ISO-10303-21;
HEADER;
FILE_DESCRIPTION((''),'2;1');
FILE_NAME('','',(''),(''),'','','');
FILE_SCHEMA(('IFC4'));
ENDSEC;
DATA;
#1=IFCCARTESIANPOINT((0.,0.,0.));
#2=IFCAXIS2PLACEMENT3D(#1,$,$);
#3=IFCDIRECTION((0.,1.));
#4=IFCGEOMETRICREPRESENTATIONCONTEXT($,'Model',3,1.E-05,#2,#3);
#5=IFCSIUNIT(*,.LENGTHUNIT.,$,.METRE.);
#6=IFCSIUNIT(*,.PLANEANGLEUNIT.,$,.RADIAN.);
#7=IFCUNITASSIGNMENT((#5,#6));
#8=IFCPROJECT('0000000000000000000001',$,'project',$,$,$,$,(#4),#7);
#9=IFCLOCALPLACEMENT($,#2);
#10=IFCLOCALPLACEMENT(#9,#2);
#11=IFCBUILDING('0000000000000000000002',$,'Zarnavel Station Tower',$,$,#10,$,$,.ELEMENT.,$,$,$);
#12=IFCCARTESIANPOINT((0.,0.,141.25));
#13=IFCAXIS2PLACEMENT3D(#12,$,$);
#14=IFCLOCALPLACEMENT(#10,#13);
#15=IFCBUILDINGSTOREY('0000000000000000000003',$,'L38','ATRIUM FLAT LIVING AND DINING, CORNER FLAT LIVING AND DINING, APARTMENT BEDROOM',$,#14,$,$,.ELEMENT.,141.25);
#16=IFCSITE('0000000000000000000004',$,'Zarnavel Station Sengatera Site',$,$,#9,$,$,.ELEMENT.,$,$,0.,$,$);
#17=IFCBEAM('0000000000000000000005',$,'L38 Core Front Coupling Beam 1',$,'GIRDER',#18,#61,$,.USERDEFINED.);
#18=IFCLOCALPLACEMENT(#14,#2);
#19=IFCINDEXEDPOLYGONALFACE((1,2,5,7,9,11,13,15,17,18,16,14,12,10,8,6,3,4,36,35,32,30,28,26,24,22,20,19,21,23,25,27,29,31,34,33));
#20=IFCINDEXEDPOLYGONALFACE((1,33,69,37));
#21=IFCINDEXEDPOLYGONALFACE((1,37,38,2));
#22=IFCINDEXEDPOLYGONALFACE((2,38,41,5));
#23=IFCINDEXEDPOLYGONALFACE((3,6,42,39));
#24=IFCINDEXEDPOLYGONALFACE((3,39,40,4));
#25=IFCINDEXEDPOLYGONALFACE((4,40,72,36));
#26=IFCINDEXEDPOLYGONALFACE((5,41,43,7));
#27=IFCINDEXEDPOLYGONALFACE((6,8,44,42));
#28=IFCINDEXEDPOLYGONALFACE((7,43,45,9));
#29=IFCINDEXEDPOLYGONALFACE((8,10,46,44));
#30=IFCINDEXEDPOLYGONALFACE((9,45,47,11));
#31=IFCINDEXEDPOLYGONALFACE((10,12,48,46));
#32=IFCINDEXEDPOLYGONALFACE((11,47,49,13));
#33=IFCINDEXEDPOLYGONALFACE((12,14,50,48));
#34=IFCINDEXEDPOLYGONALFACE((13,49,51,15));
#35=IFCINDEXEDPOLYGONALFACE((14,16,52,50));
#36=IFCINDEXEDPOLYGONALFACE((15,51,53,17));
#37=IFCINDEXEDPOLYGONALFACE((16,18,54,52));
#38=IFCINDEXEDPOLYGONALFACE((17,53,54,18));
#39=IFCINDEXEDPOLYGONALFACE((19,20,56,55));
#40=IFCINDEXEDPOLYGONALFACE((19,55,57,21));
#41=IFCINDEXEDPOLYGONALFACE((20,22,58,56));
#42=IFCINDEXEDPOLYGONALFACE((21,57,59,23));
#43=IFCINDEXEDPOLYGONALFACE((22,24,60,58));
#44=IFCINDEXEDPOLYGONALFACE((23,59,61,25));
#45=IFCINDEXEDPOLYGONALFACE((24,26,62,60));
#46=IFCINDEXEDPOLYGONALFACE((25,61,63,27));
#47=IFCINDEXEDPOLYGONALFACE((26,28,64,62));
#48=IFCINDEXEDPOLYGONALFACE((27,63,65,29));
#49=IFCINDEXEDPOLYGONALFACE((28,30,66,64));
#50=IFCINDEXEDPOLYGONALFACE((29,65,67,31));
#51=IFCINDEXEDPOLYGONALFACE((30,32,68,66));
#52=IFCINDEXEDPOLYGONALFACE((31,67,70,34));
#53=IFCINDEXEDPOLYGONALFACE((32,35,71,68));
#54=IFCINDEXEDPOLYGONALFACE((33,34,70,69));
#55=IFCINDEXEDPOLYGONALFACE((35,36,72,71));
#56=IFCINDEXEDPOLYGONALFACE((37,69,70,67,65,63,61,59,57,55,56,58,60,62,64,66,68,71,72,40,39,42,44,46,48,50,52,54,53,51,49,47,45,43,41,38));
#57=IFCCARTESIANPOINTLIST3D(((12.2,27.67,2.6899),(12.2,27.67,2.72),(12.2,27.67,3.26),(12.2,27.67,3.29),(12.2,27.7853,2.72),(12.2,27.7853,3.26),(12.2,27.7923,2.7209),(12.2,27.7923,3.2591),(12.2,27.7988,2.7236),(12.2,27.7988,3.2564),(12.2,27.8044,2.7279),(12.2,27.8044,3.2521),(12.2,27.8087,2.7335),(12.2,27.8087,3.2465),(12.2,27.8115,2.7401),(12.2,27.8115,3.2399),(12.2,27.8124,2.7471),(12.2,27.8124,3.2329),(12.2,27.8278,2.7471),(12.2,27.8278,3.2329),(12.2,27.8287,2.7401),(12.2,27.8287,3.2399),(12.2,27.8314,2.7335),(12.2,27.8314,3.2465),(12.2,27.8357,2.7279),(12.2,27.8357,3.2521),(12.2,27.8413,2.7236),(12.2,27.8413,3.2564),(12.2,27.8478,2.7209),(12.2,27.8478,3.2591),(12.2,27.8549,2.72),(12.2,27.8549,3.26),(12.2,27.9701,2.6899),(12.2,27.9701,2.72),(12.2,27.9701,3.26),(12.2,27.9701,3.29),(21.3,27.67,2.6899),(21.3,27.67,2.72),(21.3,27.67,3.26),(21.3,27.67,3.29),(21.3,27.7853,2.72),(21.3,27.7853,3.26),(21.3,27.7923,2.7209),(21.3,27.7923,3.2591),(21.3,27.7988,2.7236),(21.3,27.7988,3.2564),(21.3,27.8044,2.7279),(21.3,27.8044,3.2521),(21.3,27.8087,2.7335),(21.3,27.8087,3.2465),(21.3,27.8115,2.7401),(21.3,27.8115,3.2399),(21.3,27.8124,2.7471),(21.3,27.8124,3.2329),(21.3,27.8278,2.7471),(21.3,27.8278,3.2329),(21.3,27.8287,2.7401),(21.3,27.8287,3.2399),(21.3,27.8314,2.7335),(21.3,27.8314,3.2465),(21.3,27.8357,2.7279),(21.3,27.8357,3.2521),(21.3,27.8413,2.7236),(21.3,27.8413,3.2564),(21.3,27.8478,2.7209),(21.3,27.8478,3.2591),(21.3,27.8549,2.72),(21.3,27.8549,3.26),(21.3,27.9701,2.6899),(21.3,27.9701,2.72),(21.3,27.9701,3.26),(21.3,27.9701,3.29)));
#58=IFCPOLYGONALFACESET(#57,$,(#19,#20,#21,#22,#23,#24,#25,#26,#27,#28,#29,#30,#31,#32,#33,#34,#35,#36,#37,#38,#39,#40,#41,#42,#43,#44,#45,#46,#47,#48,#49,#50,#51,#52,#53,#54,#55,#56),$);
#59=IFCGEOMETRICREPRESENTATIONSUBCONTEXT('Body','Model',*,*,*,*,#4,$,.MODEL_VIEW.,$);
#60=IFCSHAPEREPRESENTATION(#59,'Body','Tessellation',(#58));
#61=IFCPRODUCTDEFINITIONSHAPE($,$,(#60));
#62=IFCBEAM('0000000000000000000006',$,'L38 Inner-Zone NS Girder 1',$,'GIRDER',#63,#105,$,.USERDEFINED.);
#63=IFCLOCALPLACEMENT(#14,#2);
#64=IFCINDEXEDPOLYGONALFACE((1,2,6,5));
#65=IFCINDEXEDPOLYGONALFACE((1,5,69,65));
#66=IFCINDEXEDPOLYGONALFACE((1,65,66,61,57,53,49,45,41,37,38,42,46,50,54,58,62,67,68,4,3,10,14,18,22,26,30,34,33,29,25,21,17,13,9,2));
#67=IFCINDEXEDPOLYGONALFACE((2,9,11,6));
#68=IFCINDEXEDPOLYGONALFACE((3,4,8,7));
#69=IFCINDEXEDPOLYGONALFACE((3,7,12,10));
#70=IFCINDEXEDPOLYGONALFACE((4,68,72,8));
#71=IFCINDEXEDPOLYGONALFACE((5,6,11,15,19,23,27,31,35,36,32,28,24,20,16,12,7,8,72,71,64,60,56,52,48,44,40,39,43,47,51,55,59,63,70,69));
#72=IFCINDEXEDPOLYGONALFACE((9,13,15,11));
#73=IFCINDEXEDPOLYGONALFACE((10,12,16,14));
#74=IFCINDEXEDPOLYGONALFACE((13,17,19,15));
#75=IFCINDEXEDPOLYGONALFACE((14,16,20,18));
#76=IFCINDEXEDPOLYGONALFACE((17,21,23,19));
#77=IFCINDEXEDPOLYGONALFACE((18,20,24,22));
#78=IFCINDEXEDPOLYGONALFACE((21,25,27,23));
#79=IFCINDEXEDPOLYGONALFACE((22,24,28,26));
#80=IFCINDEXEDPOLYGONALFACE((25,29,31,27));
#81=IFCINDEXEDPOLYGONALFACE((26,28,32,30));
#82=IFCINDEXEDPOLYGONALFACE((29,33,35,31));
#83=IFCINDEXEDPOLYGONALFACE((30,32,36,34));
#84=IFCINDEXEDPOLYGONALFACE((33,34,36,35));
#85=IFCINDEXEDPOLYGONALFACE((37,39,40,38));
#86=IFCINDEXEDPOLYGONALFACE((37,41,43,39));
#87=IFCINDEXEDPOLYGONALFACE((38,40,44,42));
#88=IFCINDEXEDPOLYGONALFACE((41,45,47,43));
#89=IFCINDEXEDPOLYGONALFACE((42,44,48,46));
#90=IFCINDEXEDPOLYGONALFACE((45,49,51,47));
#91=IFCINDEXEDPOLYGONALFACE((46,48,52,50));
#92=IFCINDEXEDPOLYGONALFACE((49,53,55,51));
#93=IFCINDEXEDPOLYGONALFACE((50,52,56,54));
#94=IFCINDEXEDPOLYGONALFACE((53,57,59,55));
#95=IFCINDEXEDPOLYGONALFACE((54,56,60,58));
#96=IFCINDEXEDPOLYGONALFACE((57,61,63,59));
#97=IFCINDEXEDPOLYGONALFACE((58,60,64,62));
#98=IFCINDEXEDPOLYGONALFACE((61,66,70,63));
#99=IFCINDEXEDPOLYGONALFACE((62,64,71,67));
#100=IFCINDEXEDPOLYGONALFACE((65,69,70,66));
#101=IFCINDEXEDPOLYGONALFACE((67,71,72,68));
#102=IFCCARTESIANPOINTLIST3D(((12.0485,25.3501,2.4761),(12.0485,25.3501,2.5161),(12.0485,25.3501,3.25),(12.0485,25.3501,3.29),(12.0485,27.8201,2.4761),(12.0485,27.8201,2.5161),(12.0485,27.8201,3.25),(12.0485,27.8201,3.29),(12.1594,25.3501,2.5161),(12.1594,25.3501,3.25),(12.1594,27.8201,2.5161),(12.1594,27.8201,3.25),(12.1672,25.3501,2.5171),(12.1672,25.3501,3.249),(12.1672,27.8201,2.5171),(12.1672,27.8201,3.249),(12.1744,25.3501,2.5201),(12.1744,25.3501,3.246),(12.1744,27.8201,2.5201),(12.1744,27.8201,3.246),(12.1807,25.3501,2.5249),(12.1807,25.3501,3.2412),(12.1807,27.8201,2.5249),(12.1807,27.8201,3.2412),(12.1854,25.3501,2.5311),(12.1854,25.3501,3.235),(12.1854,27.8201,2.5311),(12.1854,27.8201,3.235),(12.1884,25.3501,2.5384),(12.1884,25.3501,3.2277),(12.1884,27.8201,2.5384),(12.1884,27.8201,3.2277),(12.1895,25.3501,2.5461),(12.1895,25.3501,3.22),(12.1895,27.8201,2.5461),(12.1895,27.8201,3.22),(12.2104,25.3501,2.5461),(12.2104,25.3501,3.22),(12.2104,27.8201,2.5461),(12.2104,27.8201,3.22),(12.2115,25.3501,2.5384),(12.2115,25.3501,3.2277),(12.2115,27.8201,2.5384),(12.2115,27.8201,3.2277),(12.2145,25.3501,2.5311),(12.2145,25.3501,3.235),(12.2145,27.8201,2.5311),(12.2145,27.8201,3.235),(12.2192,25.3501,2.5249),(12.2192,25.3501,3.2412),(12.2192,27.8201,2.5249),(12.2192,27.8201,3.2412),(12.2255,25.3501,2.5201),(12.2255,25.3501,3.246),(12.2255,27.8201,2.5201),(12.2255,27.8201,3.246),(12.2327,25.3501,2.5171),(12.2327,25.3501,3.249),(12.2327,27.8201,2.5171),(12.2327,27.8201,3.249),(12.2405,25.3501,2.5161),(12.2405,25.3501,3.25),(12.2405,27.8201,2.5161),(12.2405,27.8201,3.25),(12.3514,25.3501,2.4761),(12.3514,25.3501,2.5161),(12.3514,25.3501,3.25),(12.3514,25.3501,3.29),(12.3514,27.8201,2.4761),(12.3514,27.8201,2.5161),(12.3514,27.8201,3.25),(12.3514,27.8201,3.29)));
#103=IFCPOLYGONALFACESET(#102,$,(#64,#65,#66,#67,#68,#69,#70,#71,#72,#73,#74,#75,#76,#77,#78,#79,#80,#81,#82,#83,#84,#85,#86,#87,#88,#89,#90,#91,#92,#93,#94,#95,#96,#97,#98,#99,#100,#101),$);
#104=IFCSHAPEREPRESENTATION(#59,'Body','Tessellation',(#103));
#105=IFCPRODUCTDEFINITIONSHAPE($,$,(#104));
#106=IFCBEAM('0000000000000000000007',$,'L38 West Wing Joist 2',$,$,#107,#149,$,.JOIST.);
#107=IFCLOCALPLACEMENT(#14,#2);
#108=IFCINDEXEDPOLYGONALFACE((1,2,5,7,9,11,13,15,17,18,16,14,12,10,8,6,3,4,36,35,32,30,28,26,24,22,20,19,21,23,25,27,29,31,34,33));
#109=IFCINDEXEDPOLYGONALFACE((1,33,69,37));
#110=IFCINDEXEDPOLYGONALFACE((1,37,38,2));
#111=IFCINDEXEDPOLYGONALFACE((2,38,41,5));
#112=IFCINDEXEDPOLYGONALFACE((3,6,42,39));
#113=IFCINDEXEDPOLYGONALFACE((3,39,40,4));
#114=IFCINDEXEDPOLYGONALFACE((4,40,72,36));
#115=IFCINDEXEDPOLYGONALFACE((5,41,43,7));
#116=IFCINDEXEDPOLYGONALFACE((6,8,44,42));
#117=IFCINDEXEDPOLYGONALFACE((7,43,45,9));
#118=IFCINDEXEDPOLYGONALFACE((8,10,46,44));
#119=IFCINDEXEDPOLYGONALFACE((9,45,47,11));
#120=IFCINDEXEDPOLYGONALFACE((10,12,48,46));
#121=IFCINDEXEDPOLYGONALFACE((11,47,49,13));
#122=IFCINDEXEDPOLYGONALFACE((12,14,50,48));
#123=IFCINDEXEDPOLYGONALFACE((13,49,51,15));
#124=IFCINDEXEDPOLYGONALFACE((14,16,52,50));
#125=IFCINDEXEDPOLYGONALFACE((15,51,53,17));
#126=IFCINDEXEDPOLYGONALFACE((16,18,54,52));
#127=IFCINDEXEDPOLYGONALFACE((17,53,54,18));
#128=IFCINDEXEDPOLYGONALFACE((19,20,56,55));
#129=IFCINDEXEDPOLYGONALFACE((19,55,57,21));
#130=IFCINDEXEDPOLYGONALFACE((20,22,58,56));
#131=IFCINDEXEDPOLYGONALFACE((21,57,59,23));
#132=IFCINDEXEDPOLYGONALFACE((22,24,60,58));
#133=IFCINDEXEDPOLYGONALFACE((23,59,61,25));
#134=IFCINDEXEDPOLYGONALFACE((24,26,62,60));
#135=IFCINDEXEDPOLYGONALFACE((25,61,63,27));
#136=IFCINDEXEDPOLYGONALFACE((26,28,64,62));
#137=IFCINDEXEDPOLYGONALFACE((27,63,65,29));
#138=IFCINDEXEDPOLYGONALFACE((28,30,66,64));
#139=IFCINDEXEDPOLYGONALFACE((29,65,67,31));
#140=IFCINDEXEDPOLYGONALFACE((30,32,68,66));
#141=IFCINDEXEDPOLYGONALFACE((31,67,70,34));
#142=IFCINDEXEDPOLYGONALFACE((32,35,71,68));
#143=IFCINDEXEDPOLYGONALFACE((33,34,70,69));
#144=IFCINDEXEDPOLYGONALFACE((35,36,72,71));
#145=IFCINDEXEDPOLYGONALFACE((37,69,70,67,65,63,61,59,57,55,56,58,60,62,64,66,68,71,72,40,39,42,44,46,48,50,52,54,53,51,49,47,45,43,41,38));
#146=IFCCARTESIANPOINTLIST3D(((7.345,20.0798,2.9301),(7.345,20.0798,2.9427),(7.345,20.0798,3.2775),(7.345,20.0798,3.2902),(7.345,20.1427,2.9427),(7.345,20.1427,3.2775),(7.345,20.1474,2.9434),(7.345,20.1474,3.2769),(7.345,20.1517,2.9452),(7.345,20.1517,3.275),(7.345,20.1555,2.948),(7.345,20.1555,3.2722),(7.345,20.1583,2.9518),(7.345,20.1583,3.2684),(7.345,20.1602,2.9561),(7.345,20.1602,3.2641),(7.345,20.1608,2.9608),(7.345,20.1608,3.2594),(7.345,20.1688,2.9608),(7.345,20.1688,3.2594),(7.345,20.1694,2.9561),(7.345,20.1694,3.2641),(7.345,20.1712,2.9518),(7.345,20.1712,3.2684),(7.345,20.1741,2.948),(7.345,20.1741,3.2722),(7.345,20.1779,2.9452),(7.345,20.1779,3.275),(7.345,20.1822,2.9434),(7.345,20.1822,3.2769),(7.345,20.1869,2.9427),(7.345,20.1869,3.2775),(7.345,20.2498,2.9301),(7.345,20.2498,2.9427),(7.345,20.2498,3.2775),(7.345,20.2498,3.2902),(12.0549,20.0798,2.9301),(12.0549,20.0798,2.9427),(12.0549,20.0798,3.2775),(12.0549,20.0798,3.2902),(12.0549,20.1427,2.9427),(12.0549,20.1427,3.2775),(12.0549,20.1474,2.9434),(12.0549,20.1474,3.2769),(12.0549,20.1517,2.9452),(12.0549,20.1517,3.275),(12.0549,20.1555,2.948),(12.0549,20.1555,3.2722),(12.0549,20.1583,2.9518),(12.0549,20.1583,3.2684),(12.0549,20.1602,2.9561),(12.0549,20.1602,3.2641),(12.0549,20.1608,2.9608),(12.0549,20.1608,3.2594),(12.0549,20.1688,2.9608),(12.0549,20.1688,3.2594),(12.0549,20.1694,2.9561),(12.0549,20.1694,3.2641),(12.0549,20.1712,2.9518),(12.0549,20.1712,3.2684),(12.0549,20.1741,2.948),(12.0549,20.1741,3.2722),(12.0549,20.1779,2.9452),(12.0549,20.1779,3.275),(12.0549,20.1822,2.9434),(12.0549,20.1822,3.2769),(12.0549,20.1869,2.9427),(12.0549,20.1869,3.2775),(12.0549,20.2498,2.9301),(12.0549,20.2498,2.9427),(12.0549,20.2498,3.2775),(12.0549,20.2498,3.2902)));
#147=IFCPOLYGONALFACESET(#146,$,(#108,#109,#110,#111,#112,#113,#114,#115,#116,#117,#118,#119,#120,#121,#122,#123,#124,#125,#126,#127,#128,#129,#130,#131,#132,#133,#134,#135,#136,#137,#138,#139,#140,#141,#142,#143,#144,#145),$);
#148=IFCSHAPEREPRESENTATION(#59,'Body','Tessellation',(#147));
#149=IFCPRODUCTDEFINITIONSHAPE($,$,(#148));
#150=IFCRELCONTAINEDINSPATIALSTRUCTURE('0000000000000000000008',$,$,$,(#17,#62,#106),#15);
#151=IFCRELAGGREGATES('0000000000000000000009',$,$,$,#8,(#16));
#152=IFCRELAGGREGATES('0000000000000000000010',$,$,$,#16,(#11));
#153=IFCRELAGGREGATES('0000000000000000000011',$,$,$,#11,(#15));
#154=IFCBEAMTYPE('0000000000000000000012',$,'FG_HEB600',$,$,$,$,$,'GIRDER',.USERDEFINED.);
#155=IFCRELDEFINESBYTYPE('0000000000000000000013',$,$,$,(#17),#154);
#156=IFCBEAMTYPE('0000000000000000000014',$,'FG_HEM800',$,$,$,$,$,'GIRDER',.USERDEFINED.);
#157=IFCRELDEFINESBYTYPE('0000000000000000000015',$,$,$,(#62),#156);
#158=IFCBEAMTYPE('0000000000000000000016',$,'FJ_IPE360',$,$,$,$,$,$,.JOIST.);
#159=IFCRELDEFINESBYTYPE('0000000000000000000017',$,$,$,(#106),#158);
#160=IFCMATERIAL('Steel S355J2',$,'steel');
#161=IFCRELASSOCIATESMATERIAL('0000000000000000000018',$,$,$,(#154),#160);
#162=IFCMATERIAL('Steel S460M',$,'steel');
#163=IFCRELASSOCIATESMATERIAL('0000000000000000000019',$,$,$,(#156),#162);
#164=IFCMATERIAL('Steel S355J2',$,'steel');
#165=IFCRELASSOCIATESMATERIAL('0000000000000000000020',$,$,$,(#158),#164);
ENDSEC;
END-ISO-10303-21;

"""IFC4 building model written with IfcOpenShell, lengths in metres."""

from ifc_helpers import new_model, si_unit, direction, frame, origin, origin_2d, place, context, subcontext, project, spatial, i_section, extrude, material, material_profile, profile_set, type_object, element, save


model = new_model("IFC4")

# Units and contexts
model_context = context("Model", 3, precision=1e-05, world=origin(), true_north=direction((0.0, 1.0)))
body_context = subcontext(model_context, "Body", "Model", "MODEL_VIEW")
ifc_project = project(units=[si_unit("LENGTHUNIT", "METRE"), si_unit("PLANEANGLEUNIT", "RADIAN")], contexts=[model_context])

# Site, building, storey
site_placement = place(None, origin())
site = spatial("IfcSite", under=ifc_project, at=site_placement, Name="Zarnavel Station Sengatera Site", CompositionType="ELEMENT", RefElevation=0.0)
building_placement = place(site_placement, origin())
building = spatial("IfcBuilding", under=site, at=building_placement, Name="Zarnavel Station Tower", CompositionType="ELEMENT")
storey_placement = place(building_placement, frame((0.0, 0.0, 141.25)))
storey = spatial("IfcBuildingStorey", under=building, at=storey_placement, Name="L38", Description="ATRIUM FLAT LIVING AND DINING, CORNER FLAT LIVING AND DINING, APARTMENT BEDROOM", CompositionType="ELEMENT", Elevation=141.25)

# Beams
ifc_material_1 = material(Name="Steel S355J2", Category="steel")
ifc_material_profile_1 = material_profile(ifc_material_1, i_section(OverallWidth=0.3, OverallDepth=0.6001, WebThickness=0.0154, FlangeThickness=0.03, FilletRadius=0.0271, at=origin_2d()), Name="HEB600")
ifc_profile_set_1 = profile_set([ifc_material_profile_1], Name="Steel S355J2")
beam_type_1 = type_object("IfcBeamType", Name="FG_HEB600", ElementType="GIRDER", PredefinedType="USERDEFINED", material=ifc_profile_set_1)
beam_1_placement = place(storey_placement, frame((12.2, 27.8201, 2.99), z_axis=(1.0, 0.0, 0.0), x_axis=(0.0, 1.0, 0.0)))
element("IfcBeam", 1, at=beam_1_placement, inside=storey, type_object=beam_type_1, Name="L38 Core Front Coupling Beam 1", ObjectType="GIRDER", PredefinedType="USERDEFINED", context=body_context, shape_type="SweptSolid", body=[
    extrude(i_section(OverallWidth=0.3, OverallDepth=0.6001, WebThickness=0.0154, FlangeThickness=0.03, FilletRadius=0.0271, at=origin_2d()), origin(), (0.0, 0.0, 1.0), 9.1001),
])
ifc_material_2 = material(Name="Steel S460M", Category="steel")
ifc_material_profile_2 = material_profile(ifc_material_2, i_section(OverallWidth=0.303, OverallDepth=0.814, WebThickness=0.021, FlangeThickness=0.04, FilletRadius=0.03, at=origin_2d()), Name="HEM800")
ifc_profile_set_2 = profile_set([ifc_material_profile_2], Name="Steel S460M")
beam_type_2 = type_object("IfcBeamType", Name="FG_HEM800", ElementType="GIRDER", PredefinedType="USERDEFINED", material=ifc_profile_set_2)
beam_2_placement = place(storey_placement, frame((12.2, 25.3501, 2.8831), z_axis=(0.0, 1.0, 0.0), x_axis=(-1.0, 0.0, 0.0)))
element("IfcBeam", 2, at=beam_2_placement, inside=storey, type_object=beam_type_2, Name="L38 Inner-Zone NS Girder 1", ObjectType="GIRDER", PredefinedType="USERDEFINED", context=body_context, shape_type="SweptSolid", body=[
    extrude(i_section(OverallWidth=0.303, OverallDepth=0.814, WebThickness=0.021, FlangeThickness=0.04, FilletRadius=0.03, at=origin_2d()), origin(), (0.0, 0.0, 1.0), 2.47),
])
ifc_material_3 = material(Name="Steel S355J2", Category="steel")
ifc_material_profile_3 = material_profile(ifc_material_3, i_section(OverallWidth=0.1699, OverallDepth=0.3601, WebThickness=0.0081, FlangeThickness=0.0127, FilletRadius=0.0181, at=origin_2d()), Name="IPE360")
ifc_profile_set_3 = profile_set([ifc_material_profile_3], Name="Steel S355J2")
beam_type_3 = type_object("IfcBeamType", Name="FJ_IPE360", PredefinedType="JOIST", material=ifc_profile_set_3)
beam_3_placement = place(storey_placement, frame((7.345, 20.1648, 3.1101), z_axis=(1.0, 0.0, 0.0), x_axis=(0.0, 1.0, 0.0)))
element("IfcBeam", 3, at=beam_3_placement, inside=storey, type_object=beam_type_3, Name="L38 West Wing Joist 2", PredefinedType="JOIST", context=body_context, shape_type="SweptSolid", body=[
    extrude(i_section(OverallWidth=0.1699, OverallDepth=0.3601, WebThickness=0.0081, FlangeThickness=0.0127, FilletRadius=0.0181, at=origin_2d()), origin(), (0.0, 0.0, 1.0), 4.71),
])

save(model, "model.ifc")
